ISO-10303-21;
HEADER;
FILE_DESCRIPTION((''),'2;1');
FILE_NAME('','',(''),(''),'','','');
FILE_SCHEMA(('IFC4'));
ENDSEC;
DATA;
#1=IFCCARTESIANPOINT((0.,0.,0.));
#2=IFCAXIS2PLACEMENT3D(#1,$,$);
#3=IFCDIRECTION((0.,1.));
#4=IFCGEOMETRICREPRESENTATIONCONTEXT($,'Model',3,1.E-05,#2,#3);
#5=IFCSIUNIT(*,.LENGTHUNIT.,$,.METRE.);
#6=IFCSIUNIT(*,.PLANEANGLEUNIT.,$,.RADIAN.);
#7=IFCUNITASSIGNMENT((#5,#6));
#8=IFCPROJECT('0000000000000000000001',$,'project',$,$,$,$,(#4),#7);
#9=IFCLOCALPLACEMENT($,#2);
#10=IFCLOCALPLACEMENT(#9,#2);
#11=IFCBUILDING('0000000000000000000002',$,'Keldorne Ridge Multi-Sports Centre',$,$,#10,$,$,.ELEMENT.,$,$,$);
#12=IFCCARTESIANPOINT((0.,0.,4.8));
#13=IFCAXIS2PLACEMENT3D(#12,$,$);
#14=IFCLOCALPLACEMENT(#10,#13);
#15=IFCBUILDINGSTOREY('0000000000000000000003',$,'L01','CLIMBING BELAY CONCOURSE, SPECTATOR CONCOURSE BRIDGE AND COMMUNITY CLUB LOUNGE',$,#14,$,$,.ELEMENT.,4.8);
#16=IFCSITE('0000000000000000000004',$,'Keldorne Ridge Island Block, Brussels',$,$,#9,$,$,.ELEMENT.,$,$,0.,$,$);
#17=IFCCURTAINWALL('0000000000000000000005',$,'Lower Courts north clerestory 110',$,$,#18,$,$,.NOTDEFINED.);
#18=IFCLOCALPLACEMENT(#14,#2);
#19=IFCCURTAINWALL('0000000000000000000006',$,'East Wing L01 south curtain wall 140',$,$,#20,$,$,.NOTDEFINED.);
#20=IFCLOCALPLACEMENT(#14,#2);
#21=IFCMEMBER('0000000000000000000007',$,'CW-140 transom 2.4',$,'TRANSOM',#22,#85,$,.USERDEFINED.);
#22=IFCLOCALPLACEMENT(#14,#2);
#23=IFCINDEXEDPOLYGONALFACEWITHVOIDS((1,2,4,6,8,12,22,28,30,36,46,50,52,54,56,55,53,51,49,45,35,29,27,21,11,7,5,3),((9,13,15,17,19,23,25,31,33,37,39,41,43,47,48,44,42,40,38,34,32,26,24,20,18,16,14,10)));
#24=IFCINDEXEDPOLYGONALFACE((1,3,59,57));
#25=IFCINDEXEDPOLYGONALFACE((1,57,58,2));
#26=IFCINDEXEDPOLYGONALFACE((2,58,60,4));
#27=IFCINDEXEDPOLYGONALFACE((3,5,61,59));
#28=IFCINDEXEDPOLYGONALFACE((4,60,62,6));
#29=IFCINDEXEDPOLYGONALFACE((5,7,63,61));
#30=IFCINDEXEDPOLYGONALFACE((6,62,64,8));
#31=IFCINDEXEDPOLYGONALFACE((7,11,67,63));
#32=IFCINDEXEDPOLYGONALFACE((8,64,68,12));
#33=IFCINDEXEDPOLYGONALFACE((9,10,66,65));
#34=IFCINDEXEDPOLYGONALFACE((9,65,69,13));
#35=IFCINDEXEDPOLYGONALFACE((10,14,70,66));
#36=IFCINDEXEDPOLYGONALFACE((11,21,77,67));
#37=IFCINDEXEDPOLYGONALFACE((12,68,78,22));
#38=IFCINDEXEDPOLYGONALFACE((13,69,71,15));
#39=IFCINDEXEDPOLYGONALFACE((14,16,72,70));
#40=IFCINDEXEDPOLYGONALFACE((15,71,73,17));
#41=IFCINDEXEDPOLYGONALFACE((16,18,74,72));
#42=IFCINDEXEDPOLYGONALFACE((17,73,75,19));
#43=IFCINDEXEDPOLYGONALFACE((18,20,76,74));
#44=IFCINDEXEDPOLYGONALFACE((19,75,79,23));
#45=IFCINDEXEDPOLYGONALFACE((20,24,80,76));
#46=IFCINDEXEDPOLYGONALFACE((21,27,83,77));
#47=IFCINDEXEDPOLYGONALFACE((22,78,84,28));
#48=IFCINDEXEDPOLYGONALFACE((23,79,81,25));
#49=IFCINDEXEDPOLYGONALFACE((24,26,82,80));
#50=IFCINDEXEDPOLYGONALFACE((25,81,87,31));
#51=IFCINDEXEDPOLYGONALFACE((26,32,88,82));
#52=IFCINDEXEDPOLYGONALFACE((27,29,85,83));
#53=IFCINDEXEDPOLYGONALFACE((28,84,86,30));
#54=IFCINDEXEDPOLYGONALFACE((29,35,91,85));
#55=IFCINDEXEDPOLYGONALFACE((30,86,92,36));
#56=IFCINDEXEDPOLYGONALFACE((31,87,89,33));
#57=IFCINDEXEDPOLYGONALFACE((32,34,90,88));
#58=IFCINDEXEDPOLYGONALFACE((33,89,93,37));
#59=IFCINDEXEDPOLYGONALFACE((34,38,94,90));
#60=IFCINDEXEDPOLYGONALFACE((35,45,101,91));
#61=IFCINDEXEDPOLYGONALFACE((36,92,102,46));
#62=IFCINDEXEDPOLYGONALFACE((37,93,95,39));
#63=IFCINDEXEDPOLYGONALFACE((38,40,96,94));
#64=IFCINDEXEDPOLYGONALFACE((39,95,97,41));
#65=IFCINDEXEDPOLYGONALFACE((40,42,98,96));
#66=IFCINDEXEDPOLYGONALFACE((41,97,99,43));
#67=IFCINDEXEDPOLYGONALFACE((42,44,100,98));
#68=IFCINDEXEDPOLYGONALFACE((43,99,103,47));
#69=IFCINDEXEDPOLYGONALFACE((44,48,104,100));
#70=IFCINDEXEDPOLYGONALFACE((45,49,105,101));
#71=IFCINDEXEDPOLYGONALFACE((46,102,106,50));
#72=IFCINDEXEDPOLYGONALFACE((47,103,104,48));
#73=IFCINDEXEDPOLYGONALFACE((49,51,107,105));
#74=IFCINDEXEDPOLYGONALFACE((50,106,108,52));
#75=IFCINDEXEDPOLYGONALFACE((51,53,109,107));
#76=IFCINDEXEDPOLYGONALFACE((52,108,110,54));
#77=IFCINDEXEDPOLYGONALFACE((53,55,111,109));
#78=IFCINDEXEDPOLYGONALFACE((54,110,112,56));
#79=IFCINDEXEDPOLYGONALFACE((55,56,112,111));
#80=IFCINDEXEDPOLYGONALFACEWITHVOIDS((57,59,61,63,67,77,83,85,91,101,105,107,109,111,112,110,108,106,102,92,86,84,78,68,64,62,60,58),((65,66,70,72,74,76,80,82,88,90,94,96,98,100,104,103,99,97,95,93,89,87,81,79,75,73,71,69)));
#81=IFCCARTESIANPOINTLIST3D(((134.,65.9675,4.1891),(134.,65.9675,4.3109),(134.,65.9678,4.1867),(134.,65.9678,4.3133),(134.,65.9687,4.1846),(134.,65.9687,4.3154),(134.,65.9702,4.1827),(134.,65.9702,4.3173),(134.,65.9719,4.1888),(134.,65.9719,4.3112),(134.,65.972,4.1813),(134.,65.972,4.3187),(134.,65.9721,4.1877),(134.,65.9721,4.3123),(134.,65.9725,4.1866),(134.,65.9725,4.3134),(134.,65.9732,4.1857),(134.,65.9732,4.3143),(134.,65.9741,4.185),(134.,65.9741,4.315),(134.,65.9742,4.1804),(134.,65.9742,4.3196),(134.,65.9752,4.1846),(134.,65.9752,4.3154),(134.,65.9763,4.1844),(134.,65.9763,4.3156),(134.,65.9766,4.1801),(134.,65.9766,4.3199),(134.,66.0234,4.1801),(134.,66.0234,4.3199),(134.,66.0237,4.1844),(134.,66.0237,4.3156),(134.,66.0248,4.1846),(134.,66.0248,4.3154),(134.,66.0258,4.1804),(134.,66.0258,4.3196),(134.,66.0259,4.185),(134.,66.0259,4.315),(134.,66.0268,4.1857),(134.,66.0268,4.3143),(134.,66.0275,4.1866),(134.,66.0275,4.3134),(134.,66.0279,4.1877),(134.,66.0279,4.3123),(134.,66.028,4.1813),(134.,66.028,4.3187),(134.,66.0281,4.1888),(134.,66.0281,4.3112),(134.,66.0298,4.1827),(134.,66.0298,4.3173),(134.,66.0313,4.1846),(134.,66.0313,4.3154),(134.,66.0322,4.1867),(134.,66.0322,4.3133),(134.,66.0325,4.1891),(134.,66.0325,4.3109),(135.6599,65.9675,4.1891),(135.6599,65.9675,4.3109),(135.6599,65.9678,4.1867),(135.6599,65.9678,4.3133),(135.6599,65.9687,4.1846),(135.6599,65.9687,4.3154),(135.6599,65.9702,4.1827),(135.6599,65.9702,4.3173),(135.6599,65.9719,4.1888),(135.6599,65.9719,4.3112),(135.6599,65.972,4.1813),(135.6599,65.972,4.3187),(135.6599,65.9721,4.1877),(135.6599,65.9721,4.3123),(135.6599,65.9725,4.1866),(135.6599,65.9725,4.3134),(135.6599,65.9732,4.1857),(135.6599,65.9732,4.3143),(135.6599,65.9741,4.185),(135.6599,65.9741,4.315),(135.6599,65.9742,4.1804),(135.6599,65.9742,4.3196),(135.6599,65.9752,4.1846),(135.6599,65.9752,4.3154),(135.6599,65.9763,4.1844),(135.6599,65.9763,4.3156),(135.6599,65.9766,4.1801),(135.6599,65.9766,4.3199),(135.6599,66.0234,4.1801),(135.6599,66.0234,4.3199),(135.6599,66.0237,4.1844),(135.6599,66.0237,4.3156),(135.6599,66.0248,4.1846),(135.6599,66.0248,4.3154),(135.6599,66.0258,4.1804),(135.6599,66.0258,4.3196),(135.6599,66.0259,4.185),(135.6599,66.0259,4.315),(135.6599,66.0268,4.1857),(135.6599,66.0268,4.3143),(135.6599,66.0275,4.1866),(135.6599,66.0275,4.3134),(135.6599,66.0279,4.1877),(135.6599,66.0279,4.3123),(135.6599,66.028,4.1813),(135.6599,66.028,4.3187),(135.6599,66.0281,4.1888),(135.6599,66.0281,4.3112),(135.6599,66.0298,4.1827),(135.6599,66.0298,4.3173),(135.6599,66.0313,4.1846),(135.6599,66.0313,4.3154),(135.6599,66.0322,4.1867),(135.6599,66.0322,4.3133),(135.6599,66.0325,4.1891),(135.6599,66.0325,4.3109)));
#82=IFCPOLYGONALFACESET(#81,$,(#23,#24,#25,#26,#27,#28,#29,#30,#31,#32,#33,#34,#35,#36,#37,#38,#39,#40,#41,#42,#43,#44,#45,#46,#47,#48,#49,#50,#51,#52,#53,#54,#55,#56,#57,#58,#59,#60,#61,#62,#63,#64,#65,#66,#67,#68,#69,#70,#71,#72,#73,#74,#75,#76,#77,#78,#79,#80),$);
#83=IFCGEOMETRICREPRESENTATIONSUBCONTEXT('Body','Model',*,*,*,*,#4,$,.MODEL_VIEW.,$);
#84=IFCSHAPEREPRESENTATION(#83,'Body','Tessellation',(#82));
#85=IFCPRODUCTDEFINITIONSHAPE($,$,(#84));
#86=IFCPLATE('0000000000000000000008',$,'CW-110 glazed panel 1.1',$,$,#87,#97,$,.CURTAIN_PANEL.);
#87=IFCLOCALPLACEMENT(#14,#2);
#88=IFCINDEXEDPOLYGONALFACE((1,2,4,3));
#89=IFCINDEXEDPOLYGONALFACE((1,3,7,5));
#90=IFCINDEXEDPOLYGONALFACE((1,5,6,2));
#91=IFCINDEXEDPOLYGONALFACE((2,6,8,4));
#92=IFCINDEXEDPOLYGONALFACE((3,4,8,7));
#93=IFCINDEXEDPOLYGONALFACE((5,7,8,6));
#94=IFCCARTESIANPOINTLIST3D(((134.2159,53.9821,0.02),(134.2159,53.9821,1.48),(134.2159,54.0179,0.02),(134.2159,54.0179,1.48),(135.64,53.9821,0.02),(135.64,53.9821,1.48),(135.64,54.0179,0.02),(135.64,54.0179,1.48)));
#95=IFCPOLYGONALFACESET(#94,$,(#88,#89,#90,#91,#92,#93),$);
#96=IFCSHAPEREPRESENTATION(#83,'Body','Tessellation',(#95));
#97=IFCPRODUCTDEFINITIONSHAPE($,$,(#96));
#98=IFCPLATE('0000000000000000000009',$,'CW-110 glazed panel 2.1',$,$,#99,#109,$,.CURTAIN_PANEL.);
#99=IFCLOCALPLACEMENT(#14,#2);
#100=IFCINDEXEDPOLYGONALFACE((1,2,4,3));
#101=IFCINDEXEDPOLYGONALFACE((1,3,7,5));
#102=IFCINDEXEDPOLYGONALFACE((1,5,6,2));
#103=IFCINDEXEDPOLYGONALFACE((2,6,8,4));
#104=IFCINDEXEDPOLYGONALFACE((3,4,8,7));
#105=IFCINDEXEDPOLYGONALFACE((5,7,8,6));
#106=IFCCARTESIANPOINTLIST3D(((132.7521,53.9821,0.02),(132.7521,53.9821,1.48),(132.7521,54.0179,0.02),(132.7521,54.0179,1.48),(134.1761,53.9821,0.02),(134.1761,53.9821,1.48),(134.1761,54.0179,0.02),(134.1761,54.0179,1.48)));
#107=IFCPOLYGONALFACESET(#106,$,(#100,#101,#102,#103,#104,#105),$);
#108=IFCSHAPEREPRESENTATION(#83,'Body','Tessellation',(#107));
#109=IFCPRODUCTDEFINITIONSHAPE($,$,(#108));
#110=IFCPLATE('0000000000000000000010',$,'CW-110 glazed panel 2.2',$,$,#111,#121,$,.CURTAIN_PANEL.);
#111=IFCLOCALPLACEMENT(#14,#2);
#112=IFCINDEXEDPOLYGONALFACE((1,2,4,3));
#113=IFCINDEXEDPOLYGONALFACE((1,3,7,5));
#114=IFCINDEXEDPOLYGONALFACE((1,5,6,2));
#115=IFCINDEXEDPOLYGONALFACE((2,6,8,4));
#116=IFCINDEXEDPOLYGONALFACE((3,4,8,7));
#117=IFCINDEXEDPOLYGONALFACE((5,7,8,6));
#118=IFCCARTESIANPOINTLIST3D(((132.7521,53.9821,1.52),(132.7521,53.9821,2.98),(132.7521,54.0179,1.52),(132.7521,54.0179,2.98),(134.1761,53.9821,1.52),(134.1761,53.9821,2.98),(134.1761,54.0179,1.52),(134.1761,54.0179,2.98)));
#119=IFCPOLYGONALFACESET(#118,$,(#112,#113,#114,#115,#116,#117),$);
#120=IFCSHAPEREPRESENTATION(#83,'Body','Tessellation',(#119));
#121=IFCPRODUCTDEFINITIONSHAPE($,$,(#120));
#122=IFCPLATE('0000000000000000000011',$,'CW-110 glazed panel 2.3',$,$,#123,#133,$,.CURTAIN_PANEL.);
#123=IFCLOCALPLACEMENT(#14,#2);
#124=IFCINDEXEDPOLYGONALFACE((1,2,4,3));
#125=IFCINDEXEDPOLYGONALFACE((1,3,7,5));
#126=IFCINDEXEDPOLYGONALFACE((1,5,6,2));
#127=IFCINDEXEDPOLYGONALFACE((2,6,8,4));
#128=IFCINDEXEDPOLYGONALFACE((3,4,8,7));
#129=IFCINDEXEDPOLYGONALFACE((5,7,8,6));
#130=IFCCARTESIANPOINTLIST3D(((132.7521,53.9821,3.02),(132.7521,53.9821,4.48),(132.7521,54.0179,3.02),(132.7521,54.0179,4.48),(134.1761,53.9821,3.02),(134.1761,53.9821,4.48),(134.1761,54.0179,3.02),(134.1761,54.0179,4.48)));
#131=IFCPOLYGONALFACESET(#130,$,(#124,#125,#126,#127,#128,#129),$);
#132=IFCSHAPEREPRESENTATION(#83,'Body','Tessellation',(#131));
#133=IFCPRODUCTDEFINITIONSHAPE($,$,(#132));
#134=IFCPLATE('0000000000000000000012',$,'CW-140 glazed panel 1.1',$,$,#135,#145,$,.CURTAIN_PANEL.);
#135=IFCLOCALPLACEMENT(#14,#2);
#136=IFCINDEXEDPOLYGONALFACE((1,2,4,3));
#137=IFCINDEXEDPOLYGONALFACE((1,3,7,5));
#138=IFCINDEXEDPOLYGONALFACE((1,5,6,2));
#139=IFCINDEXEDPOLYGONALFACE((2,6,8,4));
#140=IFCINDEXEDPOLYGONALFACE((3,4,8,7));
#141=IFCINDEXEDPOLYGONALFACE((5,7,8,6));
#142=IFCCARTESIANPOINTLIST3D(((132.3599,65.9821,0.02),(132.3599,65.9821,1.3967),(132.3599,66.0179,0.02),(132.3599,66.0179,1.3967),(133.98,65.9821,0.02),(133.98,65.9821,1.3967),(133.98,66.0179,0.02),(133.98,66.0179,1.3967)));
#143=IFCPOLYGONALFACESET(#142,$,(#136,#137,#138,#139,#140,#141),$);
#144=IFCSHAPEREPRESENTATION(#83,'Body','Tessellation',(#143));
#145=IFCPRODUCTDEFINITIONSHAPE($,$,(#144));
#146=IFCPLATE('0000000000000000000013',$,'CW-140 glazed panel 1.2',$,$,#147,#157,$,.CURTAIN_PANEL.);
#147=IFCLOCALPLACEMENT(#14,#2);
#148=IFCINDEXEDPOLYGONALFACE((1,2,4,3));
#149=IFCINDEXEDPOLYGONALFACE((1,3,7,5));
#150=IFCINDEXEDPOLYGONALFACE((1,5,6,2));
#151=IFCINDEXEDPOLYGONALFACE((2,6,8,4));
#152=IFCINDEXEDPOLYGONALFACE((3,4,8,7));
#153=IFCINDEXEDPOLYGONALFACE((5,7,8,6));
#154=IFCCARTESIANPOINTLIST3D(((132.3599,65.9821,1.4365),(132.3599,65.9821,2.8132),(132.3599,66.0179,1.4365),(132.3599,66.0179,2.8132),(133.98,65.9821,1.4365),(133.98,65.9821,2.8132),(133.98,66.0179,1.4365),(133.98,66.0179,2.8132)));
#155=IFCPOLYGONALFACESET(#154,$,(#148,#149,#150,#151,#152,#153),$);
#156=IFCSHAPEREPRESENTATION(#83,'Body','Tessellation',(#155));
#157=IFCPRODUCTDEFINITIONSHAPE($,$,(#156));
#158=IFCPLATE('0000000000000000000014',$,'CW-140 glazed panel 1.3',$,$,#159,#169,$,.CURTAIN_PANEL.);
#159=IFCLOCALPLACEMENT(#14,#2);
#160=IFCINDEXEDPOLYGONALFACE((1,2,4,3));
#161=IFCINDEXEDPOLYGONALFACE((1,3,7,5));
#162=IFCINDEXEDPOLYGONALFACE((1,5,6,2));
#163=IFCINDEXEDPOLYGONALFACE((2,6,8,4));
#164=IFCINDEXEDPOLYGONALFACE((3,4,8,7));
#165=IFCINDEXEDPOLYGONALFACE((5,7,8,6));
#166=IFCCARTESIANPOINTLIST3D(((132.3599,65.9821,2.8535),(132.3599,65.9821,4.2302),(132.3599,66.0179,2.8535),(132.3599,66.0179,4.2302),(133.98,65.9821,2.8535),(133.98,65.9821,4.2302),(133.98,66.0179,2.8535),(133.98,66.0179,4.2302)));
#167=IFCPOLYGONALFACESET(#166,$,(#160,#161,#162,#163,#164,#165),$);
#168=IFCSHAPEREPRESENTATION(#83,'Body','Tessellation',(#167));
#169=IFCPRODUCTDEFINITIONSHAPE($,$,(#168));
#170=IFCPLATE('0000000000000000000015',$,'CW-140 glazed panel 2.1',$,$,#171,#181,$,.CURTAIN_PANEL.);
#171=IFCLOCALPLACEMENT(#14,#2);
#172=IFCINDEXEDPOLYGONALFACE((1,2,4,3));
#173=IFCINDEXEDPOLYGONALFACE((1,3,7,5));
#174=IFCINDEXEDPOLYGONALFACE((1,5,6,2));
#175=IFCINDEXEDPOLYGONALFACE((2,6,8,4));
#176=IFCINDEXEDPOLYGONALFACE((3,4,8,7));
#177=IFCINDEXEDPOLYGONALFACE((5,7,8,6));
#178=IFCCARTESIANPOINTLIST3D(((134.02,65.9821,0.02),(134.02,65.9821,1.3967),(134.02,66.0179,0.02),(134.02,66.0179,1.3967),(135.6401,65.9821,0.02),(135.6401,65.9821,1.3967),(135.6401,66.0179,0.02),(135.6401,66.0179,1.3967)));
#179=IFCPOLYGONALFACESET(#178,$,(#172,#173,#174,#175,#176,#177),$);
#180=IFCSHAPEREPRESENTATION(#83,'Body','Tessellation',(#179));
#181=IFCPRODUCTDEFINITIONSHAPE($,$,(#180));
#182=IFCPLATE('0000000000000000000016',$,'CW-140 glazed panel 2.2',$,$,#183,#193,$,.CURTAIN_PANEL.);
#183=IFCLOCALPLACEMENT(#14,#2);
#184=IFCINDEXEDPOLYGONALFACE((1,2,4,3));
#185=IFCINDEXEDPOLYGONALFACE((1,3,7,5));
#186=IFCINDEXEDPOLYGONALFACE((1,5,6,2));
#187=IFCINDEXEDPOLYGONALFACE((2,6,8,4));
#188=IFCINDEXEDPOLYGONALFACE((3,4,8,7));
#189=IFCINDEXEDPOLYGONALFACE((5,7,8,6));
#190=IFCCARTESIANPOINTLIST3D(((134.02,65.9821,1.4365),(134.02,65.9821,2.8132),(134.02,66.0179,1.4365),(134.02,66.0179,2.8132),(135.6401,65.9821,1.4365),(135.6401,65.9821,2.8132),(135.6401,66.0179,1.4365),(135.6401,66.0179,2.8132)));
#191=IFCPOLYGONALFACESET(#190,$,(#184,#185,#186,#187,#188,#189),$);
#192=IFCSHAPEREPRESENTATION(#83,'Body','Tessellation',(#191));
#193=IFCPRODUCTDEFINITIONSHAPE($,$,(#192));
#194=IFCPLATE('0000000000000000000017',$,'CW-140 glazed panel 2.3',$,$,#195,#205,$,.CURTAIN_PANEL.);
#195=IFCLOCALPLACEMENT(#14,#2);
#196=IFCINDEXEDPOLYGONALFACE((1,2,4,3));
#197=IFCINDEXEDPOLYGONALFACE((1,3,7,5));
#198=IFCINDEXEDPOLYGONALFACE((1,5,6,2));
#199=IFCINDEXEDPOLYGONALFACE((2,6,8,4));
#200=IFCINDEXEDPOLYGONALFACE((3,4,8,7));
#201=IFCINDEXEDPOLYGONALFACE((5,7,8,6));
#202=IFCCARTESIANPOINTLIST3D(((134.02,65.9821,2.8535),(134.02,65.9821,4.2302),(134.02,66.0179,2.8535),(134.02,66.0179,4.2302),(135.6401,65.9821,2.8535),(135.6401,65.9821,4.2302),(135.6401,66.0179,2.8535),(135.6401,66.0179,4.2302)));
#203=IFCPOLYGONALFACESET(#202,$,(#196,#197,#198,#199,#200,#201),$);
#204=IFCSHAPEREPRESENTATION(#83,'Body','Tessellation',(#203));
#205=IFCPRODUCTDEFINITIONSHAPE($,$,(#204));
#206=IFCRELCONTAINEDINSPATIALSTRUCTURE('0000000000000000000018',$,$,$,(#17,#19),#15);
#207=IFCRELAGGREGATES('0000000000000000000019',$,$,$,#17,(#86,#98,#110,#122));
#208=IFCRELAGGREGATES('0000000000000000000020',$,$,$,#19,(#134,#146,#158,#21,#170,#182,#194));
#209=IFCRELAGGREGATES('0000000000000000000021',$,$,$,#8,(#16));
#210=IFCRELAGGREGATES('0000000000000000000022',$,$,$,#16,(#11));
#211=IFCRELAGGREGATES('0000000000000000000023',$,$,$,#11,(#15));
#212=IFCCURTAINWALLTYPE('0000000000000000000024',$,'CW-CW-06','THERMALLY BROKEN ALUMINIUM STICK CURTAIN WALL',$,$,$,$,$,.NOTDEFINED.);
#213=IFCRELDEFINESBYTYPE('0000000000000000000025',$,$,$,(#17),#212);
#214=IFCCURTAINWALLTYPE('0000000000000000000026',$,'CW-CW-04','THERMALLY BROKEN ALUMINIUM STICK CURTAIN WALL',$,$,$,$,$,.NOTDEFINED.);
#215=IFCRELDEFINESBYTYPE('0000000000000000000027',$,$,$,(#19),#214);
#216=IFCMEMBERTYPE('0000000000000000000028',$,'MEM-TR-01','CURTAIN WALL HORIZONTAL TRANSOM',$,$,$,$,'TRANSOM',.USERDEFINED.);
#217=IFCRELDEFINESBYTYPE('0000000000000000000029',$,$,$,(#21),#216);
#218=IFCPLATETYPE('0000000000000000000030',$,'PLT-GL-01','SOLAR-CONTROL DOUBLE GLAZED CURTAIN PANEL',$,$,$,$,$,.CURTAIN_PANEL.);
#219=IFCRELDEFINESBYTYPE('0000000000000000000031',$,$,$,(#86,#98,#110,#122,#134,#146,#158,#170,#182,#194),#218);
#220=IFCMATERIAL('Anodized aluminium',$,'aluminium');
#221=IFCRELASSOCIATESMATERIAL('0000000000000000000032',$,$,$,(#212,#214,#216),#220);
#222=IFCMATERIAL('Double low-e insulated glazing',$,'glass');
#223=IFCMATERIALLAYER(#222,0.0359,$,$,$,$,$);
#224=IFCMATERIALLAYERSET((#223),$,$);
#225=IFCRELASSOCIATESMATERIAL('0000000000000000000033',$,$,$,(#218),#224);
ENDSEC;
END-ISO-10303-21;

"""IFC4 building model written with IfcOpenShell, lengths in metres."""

from ifc_helpers import new_model, si_unit, direction, frame, origin, origin_2d, place, context, subcontext, project, spatial, rectangle, hollow_rectangle, extrude, material, layer, layer_set, material_profile, profile_set, type_object, element, aggregate, save


model = new_model("IFC4")

# Units and contexts
model_context = context("Model", 3, precision=1e-05, world=origin(), true_north=direction((0.0, 1.0)))
body_context = subcontext(model_context, "Body", "Model", "MODEL_VIEW")
ifc_project = project(units=[si_unit("LENGTHUNIT", "METRE"), si_unit("PLANEANGLEUNIT", "RADIAN")], contexts=[model_context])

# Site, building, storey
site_placement = place(None, origin())
site = spatial("IfcSite", under=ifc_project, at=site_placement, Name="Keldorne Ridge Island Block, Brussels", CompositionType="ELEMENT", RefElevation=0.0)
building_placement = place(site_placement, origin())
building = spatial("IfcBuilding", under=site, at=building_placement, Name="Keldorne Ridge Multi-Sports Centre", CompositionType="ELEMENT")
storey_placement = place(building_placement, frame((0.0, 0.0, 4.8)))
storey = spatial("IfcBuildingStorey", under=building, at=storey_placement, Name="L01", Description="CLIMBING BELAY CONCOURSE, SPECTATOR CONCOURSE BRIDGE AND COMMUNITY CLUB LOUNGE", CompositionType="ELEMENT", Elevation=4.8)

# Curtain walls
ifc_material_1 = material(Name="Anodized aluminium", Category="aluminium")
curtain_wall_type_1 = type_object("IfcCurtainWallType", Name="CW-CW-06", Description="THERMALLY BROKEN ALUMINIUM STICK CURTAIN WALL", PredefinedType="NOTDEFINED", material=ifc_material_1)
curtain_wall_1_placement = place(storey_placement, origin())
curtain_wall_1 = element("IfcCurtainWall", 1, at=curtain_wall_1_placement, inside=storey, type_object=curtain_wall_type_1, Name="Lower Courts north clerestory 110", PredefinedType="NOTDEFINED")
curtain_wall_type_2 = type_object("IfcCurtainWallType", Name="CW-CW-04", Description="THERMALLY BROKEN ALUMINIUM STICK CURTAIN WALL", PredefinedType="NOTDEFINED", material=ifc_material_1)
curtain_wall_2_placement = place(storey_placement, origin())
curtain_wall_2 = element("IfcCurtainWall", 2, at=curtain_wall_2_placement, inside=storey, type_object=curtain_wall_type_2, Name="East Wing L01 south curtain wall 140", PredefinedType="NOTDEFINED")

# Member
ifc_material_profile_1 = material_profile(ifc_material_1, hollow_rectangle(XDim=0.0649, YDim=0.1399, WallThickness=0.0044, InnerFilletRadius=0.0044, OuterFilletRadius=0.009, at=origin_2d()), Name="ALU TRANSOM 140x65x4.5")
ifc_profile_set_1 = profile_set([ifc_material_profile_1], Name="Anodized aluminium")
member_type_1 = type_object("IfcMemberType", Name="MEM-TR-01", Description="CURTAIN WALL HORIZONTAL TRANSOM", ElementType="TRANSOM", PredefinedType="USERDEFINED", material=ifc_profile_set_1)
member_1_placement = place(storey_placement, frame((134.0, 66.0, 4.25), z_axis=(1.0, 0.0, 0.0), x_axis=(0.0, 1.0, 0.0)))
member_1 = element("IfcMember", 3, at=member_1_placement, type_object=member_type_1, Name="CW-140 transom 2.4", ObjectType="TRANSOM", PredefinedType="USERDEFINED", context=body_context, shape_type="SweptSolid", body=[
    extrude(hollow_rectangle(XDim=0.0649, YDim=0.1399, WallThickness=0.0044, InnerFilletRadius=0.0044, OuterFilletRadius=0.009, at=origin_2d()), origin(), (0.0, 0.0, 1.0), 1.6599),
])

# Plates
ifc_material_2 = material(Name="Double low-e insulated glazing", Category="glass")
ifc_layer = layer(ifc_material_2, 0.0359)
ifc_layer_set = layer_set([ifc_layer])
plate_type = type_object("IfcPlateType", Name="PLT-GL-01", Description="SOLAR-CONTROL DOUBLE GLAZED CURTAIN PANEL", PredefinedType="CURTAIN_PANEL", material=ifc_layer_set)
plate_1_placement = place(storey_placement, frame((134.928, 54.0, 0.02), z_axis=(0.0, 0.0, 1.0), x_axis=(-1.0, 0.0, 0.0)))
plate_1 = element("IfcPlate", 4, at=plate_1_placement, type_object=plate_type, Name="CW-110 glazed panel 1.1", PredefinedType="CURTAIN_PANEL", context=body_context, shape_type="SweptSolid", body=[
    extrude(rectangle(XDim=1.4241, YDim=0.0359, at=origin_2d()), origin(), (0.0, 0.0, 1.0), 1.46),
])
plate_2_placement = place(storey_placement, frame((133.4641, 54.0, 0.02), z_axis=(0.0, 0.0, 1.0), x_axis=(-1.0, 0.0, 0.0)))
plate_2 = element("IfcPlate", 5, at=plate_2_placement, type_object=plate_type, Name="CW-110 glazed panel 2.1", PredefinedType="CURTAIN_PANEL", context=body_context, shape_type="SweptSolid", body=[
    extrude(rectangle(XDim=1.4241, YDim=0.0359, at=origin_2d()), origin(), (0.0, 0.0, 1.0), 1.46),
])
plate_3_placement = place(storey_placement, frame((133.4641, 54.0, 1.52), z_axis=(0.0, 0.0, 1.0), x_axis=(-1.0, 0.0, 0.0)))
plate_3 = element("IfcPlate", 6, at=plate_3_placement, type_object=plate_type, Name="CW-110 glazed panel 2.2", PredefinedType="CURTAIN_PANEL", context=body_context, shape_type="SweptSolid", body=[
    extrude(rectangle(XDim=1.4241, YDim=0.0359, at=origin_2d()), origin(), (0.0, 0.0, 1.0), 1.46),
])
plate_4_placement = place(storey_placement, frame((133.4641, 54.0, 3.02), z_axis=(0.0, 0.0, 1.0), x_axis=(-1.0, 0.0, 0.0)))
plate_4 = element("IfcPlate", 7, at=plate_4_placement, type_object=plate_type, Name="CW-110 glazed panel 2.3", PredefinedType="CURTAIN_PANEL", context=body_context, shape_type="SweptSolid", body=[
    extrude(rectangle(XDim=1.4241, YDim=0.0359, at=origin_2d()), origin(), (0.0, 0.0, 1.0), 1.46),
])
aggregate(curtain_wall_1, [plate_1, plate_2, plate_3, plate_4])
plate_5_placement = place(storey_placement, frame((133.1699, 66.0, 0.02), z_axis=(0.0, 0.0, 1.0), x_axis=(1.0, 0.0, 0.0)))
plate_5 = element("IfcPlate", 8, at=plate_5_placement, type_object=plate_type, Name="CW-140 glazed panel 1.1", PredefinedType="CURTAIN_PANEL", context=body_context, shape_type="SweptSolid", body=[
    extrude(rectangle(XDim=1.6201, YDim=0.0359, at=origin_2d()), origin(), (0.0, 0.0, 1.0), 1.3767),
])
plate_6_placement = place(storey_placement, frame((133.1699, 66.0, 1.4365), z_axis=(0.0, 0.0, 1.0), x_axis=(1.0, 0.0, 0.0)))
plate_6 = element("IfcPlate", 9, at=plate_6_placement, type_object=plate_type, Name="CW-140 glazed panel 1.2", PredefinedType="CURTAIN_PANEL", context=body_context, shape_type="SweptSolid", body=[
    extrude(rectangle(XDim=1.6201, YDim=0.0359, at=origin_2d()), origin(), (0.0, 0.0, 1.0), 1.3767),
])
plate_7_placement = place(storey_placement, frame((133.1699, 66.0, 2.8535), z_axis=(0.0, 0.0, 1.0), x_axis=(1.0, 0.0, 0.0)))
plate_7 = element("IfcPlate", 10, at=plate_7_placement, type_object=plate_type, Name="CW-140 glazed panel 1.3", PredefinedType="CURTAIN_PANEL", context=body_context, shape_type="SweptSolid", body=[
    extrude(rectangle(XDim=1.6201, YDim=0.0359, at=origin_2d()), origin(), (0.0, 0.0, 1.0), 1.3767),
])
plate_8_placement = place(storey_placement, frame((134.8301, 66.0, 0.02), z_axis=(0.0, 0.0, 1.0), x_axis=(1.0, 0.0, 0.0)))
plate_8 = element("IfcPlate", 11, at=plate_8_placement, type_object=plate_type, Name="CW-140 glazed panel 2.1", PredefinedType="CURTAIN_PANEL", context=body_context, shape_type="SweptSolid", body=[
    extrude(rectangle(XDim=1.6201, YDim=0.0359, at=origin_2d()), origin(), (0.0, 0.0, 1.0), 1.3767),
])
plate_9_placement = place(storey_placement, frame((134.8301, 66.0, 1.4365), z_axis=(0.0, 0.0, 1.0), x_axis=(1.0, 0.0, 0.0)))
plate_9 = element("IfcPlate", 12, at=plate_9_placement, type_object=plate_type, Name="CW-140 glazed panel 2.2", PredefinedType="CURTAIN_PANEL", context=body_context, shape_type="SweptSolid", body=[
    extrude(rectangle(XDim=1.6201, YDim=0.0359, at=origin_2d()), origin(), (0.0, 0.0, 1.0), 1.3767),
])
plate_10_placement = place(storey_placement, frame((134.8301, 66.0, 2.8535), z_axis=(0.0, 0.0, 1.0), x_axis=(1.0, 0.0, 0.0)))
plate_10 = element("IfcPlate", 13, at=plate_10_placement, type_object=plate_type, Name="CW-140 glazed panel 2.3", PredefinedType="CURTAIN_PANEL", context=body_context, shape_type="SweptSolid", body=[
    extrude(rectangle(XDim=1.6201, YDim=0.0359, at=origin_2d()), origin(), (0.0, 0.0, 1.0), 1.3767),
])
aggregate(curtain_wall_2, [plate_5, plate_6, plate_7, member_1, plate_8, plate_9, plate_10])

save(model, "model.ifc")
